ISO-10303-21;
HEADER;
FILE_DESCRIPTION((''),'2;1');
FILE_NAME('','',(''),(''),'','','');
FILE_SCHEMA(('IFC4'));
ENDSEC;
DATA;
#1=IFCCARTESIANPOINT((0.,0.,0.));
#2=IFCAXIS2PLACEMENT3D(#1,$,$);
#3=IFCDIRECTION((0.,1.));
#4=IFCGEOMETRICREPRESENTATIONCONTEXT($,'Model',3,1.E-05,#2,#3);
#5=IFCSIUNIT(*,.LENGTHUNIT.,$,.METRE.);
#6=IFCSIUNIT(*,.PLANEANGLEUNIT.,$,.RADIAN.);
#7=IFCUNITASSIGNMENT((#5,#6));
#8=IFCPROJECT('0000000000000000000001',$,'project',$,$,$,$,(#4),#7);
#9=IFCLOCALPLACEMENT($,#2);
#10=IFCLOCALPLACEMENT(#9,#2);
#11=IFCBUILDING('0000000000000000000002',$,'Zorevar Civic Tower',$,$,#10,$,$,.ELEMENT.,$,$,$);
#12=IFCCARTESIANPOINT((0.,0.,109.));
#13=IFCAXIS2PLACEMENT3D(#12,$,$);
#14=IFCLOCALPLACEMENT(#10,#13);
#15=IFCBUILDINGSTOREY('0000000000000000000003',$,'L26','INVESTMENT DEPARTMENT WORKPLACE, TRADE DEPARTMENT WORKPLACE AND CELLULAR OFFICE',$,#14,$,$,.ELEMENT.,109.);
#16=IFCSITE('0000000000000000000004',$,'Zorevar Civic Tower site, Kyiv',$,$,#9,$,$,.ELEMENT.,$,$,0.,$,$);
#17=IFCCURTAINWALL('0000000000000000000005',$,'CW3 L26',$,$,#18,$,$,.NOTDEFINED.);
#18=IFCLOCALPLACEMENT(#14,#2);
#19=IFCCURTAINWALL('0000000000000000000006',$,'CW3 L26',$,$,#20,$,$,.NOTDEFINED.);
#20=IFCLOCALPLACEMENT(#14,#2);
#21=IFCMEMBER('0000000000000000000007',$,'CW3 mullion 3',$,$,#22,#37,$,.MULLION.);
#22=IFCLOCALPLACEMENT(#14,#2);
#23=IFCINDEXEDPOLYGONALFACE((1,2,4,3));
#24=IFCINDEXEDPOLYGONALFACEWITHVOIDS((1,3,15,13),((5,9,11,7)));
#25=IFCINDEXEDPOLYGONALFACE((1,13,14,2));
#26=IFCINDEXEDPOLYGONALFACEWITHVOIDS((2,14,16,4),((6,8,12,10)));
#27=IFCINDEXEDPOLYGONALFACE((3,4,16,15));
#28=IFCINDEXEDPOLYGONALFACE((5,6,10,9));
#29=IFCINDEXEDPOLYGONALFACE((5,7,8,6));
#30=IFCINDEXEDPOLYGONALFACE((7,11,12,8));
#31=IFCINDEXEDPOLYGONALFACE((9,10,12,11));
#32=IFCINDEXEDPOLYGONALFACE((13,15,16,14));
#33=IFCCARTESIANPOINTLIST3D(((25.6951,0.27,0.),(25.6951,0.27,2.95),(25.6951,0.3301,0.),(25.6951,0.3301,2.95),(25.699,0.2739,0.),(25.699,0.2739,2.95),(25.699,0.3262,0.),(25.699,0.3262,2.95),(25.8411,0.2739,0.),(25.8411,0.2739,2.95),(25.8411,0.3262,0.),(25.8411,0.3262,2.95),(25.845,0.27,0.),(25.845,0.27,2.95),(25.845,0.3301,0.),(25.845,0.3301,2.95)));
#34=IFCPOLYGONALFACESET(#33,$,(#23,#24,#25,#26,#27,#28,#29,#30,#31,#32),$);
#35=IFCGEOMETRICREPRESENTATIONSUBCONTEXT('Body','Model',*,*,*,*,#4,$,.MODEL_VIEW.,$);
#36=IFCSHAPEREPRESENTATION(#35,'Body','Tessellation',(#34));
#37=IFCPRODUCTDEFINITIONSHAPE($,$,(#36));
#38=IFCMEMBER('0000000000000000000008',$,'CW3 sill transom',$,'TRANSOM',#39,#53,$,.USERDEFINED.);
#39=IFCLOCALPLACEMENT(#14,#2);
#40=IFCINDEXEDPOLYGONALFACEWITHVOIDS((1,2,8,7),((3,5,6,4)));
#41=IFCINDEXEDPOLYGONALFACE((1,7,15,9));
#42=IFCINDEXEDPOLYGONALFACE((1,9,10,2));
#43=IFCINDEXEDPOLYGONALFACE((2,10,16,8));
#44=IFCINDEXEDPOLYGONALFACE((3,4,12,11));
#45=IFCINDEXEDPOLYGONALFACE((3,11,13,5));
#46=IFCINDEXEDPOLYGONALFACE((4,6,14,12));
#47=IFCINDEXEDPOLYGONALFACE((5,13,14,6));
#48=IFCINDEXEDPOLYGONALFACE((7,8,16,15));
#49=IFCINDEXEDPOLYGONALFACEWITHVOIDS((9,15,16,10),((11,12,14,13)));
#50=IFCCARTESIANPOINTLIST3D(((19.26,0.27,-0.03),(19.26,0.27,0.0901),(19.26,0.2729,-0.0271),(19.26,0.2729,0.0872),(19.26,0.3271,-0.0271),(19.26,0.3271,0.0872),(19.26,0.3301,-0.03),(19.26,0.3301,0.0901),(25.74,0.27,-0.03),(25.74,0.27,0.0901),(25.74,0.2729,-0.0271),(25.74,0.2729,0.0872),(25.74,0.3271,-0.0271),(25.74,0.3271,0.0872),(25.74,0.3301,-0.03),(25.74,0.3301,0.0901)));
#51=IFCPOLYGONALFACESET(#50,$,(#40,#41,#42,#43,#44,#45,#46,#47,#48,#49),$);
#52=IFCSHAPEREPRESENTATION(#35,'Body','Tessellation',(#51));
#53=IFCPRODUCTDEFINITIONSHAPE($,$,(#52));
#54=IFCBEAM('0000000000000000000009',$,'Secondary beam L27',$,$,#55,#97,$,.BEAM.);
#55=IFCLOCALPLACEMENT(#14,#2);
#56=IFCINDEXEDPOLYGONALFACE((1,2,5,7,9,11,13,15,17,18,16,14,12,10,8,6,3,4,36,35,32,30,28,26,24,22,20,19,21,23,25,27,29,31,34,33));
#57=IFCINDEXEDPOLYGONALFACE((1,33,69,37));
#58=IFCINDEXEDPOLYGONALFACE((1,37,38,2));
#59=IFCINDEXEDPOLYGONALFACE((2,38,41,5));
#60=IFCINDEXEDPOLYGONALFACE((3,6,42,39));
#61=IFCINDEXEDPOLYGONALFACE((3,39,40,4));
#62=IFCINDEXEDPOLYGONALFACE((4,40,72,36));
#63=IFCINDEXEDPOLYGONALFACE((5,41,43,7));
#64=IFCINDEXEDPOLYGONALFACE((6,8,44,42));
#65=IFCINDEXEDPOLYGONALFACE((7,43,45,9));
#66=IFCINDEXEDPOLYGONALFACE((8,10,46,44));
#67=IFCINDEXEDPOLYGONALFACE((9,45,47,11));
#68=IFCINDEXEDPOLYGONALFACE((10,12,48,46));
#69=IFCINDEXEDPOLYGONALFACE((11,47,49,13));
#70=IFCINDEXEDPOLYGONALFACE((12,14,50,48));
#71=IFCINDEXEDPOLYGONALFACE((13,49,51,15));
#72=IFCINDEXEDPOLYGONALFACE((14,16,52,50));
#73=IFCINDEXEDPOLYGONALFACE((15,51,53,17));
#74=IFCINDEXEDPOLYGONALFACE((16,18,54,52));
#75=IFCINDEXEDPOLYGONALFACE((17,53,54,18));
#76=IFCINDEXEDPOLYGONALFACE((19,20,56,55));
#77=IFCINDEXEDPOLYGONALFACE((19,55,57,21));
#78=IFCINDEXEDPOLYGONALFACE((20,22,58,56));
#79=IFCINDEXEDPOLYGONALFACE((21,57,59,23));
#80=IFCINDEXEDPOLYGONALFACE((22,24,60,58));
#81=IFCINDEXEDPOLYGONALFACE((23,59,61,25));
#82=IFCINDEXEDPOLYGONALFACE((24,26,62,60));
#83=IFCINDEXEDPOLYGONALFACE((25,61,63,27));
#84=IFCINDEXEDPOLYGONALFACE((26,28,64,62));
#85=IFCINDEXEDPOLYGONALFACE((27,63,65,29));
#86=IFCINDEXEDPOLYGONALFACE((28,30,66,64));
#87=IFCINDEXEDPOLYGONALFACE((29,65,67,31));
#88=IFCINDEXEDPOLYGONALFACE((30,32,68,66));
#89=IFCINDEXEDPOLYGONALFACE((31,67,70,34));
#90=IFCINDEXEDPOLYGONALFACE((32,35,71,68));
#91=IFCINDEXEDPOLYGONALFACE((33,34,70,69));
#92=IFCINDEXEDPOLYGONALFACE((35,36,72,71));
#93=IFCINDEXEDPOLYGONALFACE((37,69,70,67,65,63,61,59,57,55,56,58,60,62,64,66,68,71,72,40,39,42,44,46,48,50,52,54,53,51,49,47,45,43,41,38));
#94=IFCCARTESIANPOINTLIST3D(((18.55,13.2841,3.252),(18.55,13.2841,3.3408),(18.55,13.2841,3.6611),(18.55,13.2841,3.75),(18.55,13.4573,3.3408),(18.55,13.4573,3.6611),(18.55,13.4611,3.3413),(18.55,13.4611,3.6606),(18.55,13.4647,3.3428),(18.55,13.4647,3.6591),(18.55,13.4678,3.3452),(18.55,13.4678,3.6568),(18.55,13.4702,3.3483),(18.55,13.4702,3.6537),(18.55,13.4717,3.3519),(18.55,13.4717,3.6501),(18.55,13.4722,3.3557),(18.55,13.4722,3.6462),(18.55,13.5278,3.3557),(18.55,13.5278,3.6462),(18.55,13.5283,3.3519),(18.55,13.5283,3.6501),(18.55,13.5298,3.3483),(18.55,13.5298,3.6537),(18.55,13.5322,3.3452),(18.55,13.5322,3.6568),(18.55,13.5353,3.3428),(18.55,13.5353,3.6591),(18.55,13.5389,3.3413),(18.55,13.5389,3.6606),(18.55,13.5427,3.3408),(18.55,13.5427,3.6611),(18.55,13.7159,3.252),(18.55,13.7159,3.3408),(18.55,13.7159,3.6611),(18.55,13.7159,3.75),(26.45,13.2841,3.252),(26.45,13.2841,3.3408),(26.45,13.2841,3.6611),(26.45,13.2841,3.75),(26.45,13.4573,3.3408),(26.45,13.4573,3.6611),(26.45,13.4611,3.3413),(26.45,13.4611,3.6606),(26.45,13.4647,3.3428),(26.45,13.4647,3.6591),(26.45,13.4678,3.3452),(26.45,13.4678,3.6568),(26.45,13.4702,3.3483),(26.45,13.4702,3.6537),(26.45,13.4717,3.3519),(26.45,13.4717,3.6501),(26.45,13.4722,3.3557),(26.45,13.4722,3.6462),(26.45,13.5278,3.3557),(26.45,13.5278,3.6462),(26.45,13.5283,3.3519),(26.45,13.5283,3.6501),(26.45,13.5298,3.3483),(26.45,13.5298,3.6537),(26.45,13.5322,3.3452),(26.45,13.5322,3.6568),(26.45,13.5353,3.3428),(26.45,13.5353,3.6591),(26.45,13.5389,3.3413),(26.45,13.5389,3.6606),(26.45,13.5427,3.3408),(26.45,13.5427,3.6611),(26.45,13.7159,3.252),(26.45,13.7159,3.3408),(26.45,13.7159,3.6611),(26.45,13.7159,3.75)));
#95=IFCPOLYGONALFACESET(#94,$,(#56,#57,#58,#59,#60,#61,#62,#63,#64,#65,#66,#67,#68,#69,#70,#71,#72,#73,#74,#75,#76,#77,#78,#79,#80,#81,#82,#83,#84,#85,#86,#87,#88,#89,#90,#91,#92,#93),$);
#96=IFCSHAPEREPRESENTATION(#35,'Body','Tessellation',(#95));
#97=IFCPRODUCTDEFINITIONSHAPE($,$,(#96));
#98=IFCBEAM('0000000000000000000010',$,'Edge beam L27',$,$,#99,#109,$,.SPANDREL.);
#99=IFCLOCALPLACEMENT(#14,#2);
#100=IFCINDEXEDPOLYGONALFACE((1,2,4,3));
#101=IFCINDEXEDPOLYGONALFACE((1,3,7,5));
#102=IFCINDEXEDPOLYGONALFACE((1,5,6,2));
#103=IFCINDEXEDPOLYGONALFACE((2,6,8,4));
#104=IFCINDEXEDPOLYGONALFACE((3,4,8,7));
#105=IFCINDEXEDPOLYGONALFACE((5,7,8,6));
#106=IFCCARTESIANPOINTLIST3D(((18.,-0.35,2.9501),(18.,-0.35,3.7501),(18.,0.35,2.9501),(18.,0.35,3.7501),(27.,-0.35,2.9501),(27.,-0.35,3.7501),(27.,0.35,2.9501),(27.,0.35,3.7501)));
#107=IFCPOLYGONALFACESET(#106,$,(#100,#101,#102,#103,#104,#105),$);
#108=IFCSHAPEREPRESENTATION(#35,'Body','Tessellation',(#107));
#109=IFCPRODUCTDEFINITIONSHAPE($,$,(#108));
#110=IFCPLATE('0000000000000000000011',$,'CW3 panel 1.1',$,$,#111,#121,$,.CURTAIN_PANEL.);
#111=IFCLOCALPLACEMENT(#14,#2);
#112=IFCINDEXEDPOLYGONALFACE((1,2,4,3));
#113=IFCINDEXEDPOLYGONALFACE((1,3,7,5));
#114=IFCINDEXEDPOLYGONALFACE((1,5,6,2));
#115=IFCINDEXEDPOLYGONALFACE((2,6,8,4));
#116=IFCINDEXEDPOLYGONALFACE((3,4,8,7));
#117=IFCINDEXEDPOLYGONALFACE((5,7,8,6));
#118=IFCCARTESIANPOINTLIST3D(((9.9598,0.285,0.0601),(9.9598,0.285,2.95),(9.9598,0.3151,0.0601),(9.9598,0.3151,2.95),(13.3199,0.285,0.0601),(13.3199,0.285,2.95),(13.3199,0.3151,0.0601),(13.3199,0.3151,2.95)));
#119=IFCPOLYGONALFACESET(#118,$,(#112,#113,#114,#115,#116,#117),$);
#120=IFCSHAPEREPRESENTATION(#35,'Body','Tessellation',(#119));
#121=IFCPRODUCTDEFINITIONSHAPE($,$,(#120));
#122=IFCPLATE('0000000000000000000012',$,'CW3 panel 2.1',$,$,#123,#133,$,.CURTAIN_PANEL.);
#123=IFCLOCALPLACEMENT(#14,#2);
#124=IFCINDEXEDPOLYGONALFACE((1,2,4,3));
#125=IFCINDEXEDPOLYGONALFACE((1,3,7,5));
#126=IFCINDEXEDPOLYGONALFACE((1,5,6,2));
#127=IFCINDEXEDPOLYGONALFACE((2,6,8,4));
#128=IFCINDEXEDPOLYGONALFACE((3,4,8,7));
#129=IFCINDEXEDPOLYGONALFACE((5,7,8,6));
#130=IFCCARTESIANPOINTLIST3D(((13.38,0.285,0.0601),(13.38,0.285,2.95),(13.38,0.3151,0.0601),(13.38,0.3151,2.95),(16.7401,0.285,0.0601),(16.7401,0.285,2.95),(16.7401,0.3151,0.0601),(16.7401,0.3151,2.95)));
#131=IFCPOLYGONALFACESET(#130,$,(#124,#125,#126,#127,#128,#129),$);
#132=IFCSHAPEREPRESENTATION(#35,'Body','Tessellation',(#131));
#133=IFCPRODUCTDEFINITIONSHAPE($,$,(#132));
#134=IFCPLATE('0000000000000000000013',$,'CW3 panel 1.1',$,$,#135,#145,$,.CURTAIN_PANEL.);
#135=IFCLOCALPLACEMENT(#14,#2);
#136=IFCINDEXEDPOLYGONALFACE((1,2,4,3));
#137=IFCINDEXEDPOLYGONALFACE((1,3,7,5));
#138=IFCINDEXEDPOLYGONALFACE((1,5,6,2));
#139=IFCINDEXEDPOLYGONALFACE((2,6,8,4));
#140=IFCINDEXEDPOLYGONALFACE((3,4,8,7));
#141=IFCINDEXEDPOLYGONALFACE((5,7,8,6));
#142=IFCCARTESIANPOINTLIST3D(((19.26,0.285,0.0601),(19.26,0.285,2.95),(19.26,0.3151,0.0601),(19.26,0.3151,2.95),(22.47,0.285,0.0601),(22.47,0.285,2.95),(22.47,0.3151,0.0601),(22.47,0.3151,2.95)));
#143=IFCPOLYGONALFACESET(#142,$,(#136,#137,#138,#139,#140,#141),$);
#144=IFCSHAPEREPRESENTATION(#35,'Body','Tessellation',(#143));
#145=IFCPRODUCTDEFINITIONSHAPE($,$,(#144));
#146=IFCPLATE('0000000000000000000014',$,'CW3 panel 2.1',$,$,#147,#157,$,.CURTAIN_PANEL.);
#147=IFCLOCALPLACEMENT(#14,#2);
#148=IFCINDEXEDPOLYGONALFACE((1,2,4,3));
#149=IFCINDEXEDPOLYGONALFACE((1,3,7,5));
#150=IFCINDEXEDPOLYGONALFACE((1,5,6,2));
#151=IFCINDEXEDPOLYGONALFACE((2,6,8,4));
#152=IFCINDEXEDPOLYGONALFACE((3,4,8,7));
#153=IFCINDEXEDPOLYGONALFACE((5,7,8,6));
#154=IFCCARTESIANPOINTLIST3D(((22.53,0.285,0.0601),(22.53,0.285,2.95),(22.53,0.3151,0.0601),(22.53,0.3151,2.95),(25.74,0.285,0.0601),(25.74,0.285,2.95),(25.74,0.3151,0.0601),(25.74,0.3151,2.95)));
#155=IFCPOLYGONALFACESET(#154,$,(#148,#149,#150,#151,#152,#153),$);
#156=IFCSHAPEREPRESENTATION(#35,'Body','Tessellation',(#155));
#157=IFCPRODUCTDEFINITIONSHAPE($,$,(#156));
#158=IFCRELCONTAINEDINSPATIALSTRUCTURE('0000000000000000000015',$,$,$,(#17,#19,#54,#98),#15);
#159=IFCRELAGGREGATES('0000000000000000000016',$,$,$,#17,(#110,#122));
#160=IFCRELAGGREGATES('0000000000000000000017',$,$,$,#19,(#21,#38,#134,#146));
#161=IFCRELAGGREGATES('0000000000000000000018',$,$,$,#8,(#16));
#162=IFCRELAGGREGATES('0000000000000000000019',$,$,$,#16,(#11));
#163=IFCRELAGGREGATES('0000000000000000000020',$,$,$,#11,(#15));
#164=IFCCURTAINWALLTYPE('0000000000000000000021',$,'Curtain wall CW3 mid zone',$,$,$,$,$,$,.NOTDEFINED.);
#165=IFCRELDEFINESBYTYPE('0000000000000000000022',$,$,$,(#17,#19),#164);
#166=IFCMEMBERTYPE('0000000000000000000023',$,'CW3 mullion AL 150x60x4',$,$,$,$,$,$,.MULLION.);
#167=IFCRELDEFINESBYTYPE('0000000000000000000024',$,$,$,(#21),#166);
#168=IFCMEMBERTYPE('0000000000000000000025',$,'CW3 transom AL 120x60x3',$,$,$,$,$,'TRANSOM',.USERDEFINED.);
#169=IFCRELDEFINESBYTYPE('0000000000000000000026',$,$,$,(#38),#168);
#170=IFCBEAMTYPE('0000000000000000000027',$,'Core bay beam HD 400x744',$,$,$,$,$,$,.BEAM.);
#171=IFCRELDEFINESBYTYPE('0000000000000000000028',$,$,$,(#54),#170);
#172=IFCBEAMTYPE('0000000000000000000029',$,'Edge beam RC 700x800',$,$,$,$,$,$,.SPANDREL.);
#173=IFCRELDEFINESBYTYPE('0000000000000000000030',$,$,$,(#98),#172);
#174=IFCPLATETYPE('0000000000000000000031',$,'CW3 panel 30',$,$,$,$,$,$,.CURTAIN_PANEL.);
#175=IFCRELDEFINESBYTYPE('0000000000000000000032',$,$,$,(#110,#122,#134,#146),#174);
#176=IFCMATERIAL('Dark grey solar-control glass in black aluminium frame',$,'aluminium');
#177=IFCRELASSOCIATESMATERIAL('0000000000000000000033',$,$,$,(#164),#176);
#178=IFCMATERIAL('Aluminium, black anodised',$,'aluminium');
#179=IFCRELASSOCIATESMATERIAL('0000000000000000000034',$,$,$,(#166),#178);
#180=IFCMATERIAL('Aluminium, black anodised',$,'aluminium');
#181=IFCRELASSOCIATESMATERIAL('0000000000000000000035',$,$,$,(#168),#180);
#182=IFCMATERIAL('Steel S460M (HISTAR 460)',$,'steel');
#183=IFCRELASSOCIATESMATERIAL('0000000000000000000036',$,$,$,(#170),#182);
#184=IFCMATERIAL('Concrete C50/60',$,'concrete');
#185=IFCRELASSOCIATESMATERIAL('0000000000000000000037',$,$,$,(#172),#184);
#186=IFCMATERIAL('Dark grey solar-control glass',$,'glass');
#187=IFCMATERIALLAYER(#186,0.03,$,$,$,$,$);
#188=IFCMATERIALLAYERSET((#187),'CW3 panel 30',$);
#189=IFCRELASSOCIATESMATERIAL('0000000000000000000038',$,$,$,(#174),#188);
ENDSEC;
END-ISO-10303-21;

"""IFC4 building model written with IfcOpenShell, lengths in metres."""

from ifc_helpers import new_model, si_unit, direction, frame, origin, origin_2d, place, context, subcontext, project, spatial, rectangle, hollow_rectangle, i_section, extrude, material, layer, layer_set, material_profile, profile_set, type_object, element, aggregate, save


model = new_model("IFC4")

# Units and contexts
model_context = context("Model", 3, precision=1e-05, world=origin(), true_north=direction((0.0, 1.0)))
body_context = subcontext(model_context, "Body", "Model", "MODEL_VIEW")
ifc_project = project(units=[si_unit("LENGTHUNIT", "METRE"), si_unit("PLANEANGLEUNIT", "RADIAN")], contexts=[model_context])

# Site, building, storey
site_placement = place(None, origin())
site = spatial("IfcSite", under=ifc_project, at=site_placement, Name="Zorevar Civic Tower site, Kyiv", CompositionType="ELEMENT", RefElevation=0.0)
building_placement = place(site_placement, origin())
building = spatial("IfcBuilding", under=site, at=building_placement, Name="Zorevar Civic Tower", CompositionType="ELEMENT")
storey_placement = place(building_placement, frame((0.0, 0.0, 109.0)))
storey = spatial("IfcBuildingStorey", under=building, at=storey_placement, Name="L26", Description="INVESTMENT DEPARTMENT WORKPLACE, TRADE DEPARTMENT WORKPLACE AND CELLULAR OFFICE", CompositionType="ELEMENT", Elevation=109.0)

# Curtain walls, members
ifc_material_1 = material(Name="Dark grey solar-control glass in black aluminium frame", Category="aluminium")
curtain_wall_type = type_object("IfcCurtainWallType", Name="Curtain wall CW3 mid zone", PredefinedType="NOTDEFINED", material=ifc_material_1)
curtain_wall_1_placement = place(storey_placement, origin())
curtain_wall_1 = element("IfcCurtainWall", 1, at=curtain_wall_1_placement, inside=storey, type_object=curtain_wall_type, Name="CW3 L26", PredefinedType="NOTDEFINED")
ifc_material_2 = material(Name="Aluminium, black anodised", Category="aluminium")
ifc_material_profile_1 = material_profile(ifc_material_2, hollow_rectangle(XDim=0.0601, YDim=0.1499, WallThickness=0.0039, at=origin_2d()), Name="AL 150x60x4")
ifc_profile_set_1 = profile_set([ifc_material_profile_1], Name="Aluminium, black anodised")
member_type_1 = type_object("IfcMemberType", Name="CW3 mullion AL 150x60x4", PredefinedType="MULLION", material=ifc_profile_set_1)
curtain_wall_2_placement = place(storey_placement, origin())
curtain_wall_2 = element("IfcCurtainWall", 2, at=curtain_wall_2_placement, inside=storey, type_object=curtain_wall_type, Name="CW3 L26", PredefinedType="NOTDEFINED")
member_1_placement = place(storey_placement, frame((25.77, 0.3, 0.0), z_axis=(0.0, 0.0, 1.0), x_axis=(0.0, 1.0, 0.0)))
member_1 = element("IfcMember", 3, at=member_1_placement, type_object=member_type_1, Name="CW3 mullion 3", PredefinedType="MULLION", context=body_context, shape_type="SweptSolid", body=[
    extrude(hollow_rectangle(XDim=0.0601, YDim=0.1499, WallThickness=0.0039, at=origin_2d()), origin(), (0.0, 0.0, 1.0), 2.95),
])
ifc_material_3 = material(Name="Aluminium, black anodised", Category="aluminium")
ifc_material_profile_2 = material_profile(ifc_material_3, hollow_rectangle(XDim=0.0601, YDim=0.1201, WallThickness=0.0029, at=origin_2d()), Name="AL 120x60x3")
ifc_profile_set_2 = profile_set([ifc_material_profile_2], Name="Aluminium, black anodised")
member_type_2 = type_object("IfcMemberType", Name="CW3 transom AL 120x60x3", ElementType="TRANSOM", PredefinedType="USERDEFINED", material=ifc_profile_set_2)
member_2_placement = place(storey_placement, frame((19.26, 0.3, 0.03), z_axis=(1.0, 0.0, 0.0), x_axis=(0.0, 1.0, 0.0)))
member_2 = element("IfcMember", 4, at=member_2_placement, type_object=member_type_2, Name="CW3 sill transom", ObjectType="TRANSOM", PredefinedType="USERDEFINED", context=body_context, shape_type="SweptSolid", body=[
    extrude(hollow_rectangle(XDim=0.0601, YDim=0.1201, WallThickness=0.0029, at=origin_2d()), origin(), (0.0, 0.0, 1.0), 6.48),
])

# Beams
ifc_material_4 = material(Name="Steel S460M (HISTAR 460)", Category="steel")
ifc_material_profile_3 = material_profile(ifc_material_4, i_section(OverallWidth=0.4319, OverallDepth=0.498, WebThickness=0.0557, FlangeThickness=0.0889, FilletRadius=0.0149, at=origin_2d()), Name="HD 400x744")
ifc_profile_set_3 = profile_set([ifc_material_profile_3], Name="Steel S460M (HISTAR 460)")
beam_type_1 = type_object("IfcBeamType", Name="Core bay beam HD 400x744", PredefinedType="BEAM", material=ifc_profile_set_3)
beam_1_placement = place(storey_placement, frame((18.55, 13.5, 3.501), z_axis=(1.0, 0.0, 0.0), x_axis=(0.0, 1.0, 0.0)))
element("IfcBeam", 5, at=beam_1_placement, inside=storey, type_object=beam_type_1, Name="Secondary beam L27", PredefinedType="BEAM", context=body_context, shape_type="SweptSolid", body=[
    extrude(i_section(OverallWidth=0.4319, OverallDepth=0.498, WebThickness=0.0557, FlangeThickness=0.0889, FilletRadius=0.0149, at=origin_2d()), origin(), (0.0, 0.0, 1.0), 7.8999),
])
ifc_material_5 = material(Name="Concrete C50/60", Category="concrete")
ifc_material_profile_4 = material_profile(ifc_material_5, rectangle(XDim=0.7, YDim=0.8, at=origin_2d()), Name="RC 700x800")
ifc_profile_set_4 = profile_set([ifc_material_profile_4], Name="Concrete C50/60")
beam_type_2 = type_object("IfcBeamType", Name="Edge beam RC 700x800", PredefinedType="SPANDREL", material=ifc_profile_set_4)
beam_2_placement = place(storey_placement, frame((18.0, 0.0, 3.3501), z_axis=(1.0, 0.0, 0.0), x_axis=(0.0, 1.0, 0.0)))
element("IfcBeam", 6, at=beam_2_placement, inside=storey, type_object=beam_type_2, Name="Edge beam L27", PredefinedType="SPANDREL", context=body_context, shape_type="SweptSolid", body=[
    extrude(rectangle(XDim=0.7, YDim=0.8, at=origin_2d()), origin(), (0.0, 0.0, 1.0), 9.0),
])

# Plates
ifc_material_6 = material(Name="Dark grey solar-control glass", Category="glass")
ifc_layer_1 = layer(ifc_material_6, 0.03)
ifc_layer_set_1 = layer_set([ifc_layer_1], Name="CW3 panel 30")
plate_type = type_object("IfcPlateType", Name="CW3 panel 30", PredefinedType="CURTAIN_PANEL", material=ifc_layer_set_1)
plate_1_placement = place(storey_placement, frame((11.6399, 0.3, 0.0601), z_axis=(0.0, 0.0, 1.0), x_axis=(1.0, 0.0, 0.0)))
plate_1 = element("IfcPlate", 7, at=plate_1_placement, type_object=plate_type, Name="CW3 panel 1.1", PredefinedType="CURTAIN_PANEL", context=body_context, shape_type="SweptSolid", body=[
    extrude(rectangle(XDim=3.3601, YDim=0.03, at=origin_2d()), origin(), (0.0, 0.0, 1.0), 2.8899),
])
plate_2_placement = place(storey_placement, frame((15.0601, 0.3, 0.0601), z_axis=(0.0, 0.0, 1.0), x_axis=(1.0, 0.0, 0.0)))
plate_2 = element("IfcPlate", 8, at=plate_2_placement, type_object=plate_type, Name="CW3 panel 2.1", PredefinedType="CURTAIN_PANEL", context=body_context, shape_type="SweptSolid", body=[
    extrude(rectangle(XDim=3.3601, YDim=0.03, at=origin_2d()), origin(), (0.0, 0.0, 1.0), 2.8899),
])
aggregate(curtain_wall_1, [plate_1, plate_2])
plate_3_placement = place(storey_placement, frame((20.865, 0.3, 0.0601), z_axis=(0.0, 0.0, 1.0), x_axis=(1.0, 0.0, 0.0)))
plate_3 = element("IfcPlate", 9, at=plate_3_placement, type_object=plate_type, Name="CW3 panel 1.1", PredefinedType="CURTAIN_PANEL", context=body_context, shape_type="SweptSolid", body=[
    extrude(rectangle(XDim=3.21, YDim=0.03, at=origin_2d()), origin(), (0.0, 0.0, 1.0), 2.8899),
])
plate_4_placement = place(storey_placement, frame((24.135, 0.3, 0.0601), z_axis=(0.0, 0.0, 1.0), x_axis=(1.0, 0.0, 0.0)))
plate_4 = element("IfcPlate", 10, at=plate_4_placement, type_object=plate_type, Name="CW3 panel 2.1", PredefinedType="CURTAIN_PANEL", context=body_context, shape_type="SweptSolid", body=[
    extrude(rectangle(XDim=3.21, YDim=0.03, at=origin_2d()), origin(), (0.0, 0.0, 1.0), 2.8899),
])
aggregate(curtain_wall_2, [member_1, member_2, plate_3, plate_4])

save(model, "model.ifc")
